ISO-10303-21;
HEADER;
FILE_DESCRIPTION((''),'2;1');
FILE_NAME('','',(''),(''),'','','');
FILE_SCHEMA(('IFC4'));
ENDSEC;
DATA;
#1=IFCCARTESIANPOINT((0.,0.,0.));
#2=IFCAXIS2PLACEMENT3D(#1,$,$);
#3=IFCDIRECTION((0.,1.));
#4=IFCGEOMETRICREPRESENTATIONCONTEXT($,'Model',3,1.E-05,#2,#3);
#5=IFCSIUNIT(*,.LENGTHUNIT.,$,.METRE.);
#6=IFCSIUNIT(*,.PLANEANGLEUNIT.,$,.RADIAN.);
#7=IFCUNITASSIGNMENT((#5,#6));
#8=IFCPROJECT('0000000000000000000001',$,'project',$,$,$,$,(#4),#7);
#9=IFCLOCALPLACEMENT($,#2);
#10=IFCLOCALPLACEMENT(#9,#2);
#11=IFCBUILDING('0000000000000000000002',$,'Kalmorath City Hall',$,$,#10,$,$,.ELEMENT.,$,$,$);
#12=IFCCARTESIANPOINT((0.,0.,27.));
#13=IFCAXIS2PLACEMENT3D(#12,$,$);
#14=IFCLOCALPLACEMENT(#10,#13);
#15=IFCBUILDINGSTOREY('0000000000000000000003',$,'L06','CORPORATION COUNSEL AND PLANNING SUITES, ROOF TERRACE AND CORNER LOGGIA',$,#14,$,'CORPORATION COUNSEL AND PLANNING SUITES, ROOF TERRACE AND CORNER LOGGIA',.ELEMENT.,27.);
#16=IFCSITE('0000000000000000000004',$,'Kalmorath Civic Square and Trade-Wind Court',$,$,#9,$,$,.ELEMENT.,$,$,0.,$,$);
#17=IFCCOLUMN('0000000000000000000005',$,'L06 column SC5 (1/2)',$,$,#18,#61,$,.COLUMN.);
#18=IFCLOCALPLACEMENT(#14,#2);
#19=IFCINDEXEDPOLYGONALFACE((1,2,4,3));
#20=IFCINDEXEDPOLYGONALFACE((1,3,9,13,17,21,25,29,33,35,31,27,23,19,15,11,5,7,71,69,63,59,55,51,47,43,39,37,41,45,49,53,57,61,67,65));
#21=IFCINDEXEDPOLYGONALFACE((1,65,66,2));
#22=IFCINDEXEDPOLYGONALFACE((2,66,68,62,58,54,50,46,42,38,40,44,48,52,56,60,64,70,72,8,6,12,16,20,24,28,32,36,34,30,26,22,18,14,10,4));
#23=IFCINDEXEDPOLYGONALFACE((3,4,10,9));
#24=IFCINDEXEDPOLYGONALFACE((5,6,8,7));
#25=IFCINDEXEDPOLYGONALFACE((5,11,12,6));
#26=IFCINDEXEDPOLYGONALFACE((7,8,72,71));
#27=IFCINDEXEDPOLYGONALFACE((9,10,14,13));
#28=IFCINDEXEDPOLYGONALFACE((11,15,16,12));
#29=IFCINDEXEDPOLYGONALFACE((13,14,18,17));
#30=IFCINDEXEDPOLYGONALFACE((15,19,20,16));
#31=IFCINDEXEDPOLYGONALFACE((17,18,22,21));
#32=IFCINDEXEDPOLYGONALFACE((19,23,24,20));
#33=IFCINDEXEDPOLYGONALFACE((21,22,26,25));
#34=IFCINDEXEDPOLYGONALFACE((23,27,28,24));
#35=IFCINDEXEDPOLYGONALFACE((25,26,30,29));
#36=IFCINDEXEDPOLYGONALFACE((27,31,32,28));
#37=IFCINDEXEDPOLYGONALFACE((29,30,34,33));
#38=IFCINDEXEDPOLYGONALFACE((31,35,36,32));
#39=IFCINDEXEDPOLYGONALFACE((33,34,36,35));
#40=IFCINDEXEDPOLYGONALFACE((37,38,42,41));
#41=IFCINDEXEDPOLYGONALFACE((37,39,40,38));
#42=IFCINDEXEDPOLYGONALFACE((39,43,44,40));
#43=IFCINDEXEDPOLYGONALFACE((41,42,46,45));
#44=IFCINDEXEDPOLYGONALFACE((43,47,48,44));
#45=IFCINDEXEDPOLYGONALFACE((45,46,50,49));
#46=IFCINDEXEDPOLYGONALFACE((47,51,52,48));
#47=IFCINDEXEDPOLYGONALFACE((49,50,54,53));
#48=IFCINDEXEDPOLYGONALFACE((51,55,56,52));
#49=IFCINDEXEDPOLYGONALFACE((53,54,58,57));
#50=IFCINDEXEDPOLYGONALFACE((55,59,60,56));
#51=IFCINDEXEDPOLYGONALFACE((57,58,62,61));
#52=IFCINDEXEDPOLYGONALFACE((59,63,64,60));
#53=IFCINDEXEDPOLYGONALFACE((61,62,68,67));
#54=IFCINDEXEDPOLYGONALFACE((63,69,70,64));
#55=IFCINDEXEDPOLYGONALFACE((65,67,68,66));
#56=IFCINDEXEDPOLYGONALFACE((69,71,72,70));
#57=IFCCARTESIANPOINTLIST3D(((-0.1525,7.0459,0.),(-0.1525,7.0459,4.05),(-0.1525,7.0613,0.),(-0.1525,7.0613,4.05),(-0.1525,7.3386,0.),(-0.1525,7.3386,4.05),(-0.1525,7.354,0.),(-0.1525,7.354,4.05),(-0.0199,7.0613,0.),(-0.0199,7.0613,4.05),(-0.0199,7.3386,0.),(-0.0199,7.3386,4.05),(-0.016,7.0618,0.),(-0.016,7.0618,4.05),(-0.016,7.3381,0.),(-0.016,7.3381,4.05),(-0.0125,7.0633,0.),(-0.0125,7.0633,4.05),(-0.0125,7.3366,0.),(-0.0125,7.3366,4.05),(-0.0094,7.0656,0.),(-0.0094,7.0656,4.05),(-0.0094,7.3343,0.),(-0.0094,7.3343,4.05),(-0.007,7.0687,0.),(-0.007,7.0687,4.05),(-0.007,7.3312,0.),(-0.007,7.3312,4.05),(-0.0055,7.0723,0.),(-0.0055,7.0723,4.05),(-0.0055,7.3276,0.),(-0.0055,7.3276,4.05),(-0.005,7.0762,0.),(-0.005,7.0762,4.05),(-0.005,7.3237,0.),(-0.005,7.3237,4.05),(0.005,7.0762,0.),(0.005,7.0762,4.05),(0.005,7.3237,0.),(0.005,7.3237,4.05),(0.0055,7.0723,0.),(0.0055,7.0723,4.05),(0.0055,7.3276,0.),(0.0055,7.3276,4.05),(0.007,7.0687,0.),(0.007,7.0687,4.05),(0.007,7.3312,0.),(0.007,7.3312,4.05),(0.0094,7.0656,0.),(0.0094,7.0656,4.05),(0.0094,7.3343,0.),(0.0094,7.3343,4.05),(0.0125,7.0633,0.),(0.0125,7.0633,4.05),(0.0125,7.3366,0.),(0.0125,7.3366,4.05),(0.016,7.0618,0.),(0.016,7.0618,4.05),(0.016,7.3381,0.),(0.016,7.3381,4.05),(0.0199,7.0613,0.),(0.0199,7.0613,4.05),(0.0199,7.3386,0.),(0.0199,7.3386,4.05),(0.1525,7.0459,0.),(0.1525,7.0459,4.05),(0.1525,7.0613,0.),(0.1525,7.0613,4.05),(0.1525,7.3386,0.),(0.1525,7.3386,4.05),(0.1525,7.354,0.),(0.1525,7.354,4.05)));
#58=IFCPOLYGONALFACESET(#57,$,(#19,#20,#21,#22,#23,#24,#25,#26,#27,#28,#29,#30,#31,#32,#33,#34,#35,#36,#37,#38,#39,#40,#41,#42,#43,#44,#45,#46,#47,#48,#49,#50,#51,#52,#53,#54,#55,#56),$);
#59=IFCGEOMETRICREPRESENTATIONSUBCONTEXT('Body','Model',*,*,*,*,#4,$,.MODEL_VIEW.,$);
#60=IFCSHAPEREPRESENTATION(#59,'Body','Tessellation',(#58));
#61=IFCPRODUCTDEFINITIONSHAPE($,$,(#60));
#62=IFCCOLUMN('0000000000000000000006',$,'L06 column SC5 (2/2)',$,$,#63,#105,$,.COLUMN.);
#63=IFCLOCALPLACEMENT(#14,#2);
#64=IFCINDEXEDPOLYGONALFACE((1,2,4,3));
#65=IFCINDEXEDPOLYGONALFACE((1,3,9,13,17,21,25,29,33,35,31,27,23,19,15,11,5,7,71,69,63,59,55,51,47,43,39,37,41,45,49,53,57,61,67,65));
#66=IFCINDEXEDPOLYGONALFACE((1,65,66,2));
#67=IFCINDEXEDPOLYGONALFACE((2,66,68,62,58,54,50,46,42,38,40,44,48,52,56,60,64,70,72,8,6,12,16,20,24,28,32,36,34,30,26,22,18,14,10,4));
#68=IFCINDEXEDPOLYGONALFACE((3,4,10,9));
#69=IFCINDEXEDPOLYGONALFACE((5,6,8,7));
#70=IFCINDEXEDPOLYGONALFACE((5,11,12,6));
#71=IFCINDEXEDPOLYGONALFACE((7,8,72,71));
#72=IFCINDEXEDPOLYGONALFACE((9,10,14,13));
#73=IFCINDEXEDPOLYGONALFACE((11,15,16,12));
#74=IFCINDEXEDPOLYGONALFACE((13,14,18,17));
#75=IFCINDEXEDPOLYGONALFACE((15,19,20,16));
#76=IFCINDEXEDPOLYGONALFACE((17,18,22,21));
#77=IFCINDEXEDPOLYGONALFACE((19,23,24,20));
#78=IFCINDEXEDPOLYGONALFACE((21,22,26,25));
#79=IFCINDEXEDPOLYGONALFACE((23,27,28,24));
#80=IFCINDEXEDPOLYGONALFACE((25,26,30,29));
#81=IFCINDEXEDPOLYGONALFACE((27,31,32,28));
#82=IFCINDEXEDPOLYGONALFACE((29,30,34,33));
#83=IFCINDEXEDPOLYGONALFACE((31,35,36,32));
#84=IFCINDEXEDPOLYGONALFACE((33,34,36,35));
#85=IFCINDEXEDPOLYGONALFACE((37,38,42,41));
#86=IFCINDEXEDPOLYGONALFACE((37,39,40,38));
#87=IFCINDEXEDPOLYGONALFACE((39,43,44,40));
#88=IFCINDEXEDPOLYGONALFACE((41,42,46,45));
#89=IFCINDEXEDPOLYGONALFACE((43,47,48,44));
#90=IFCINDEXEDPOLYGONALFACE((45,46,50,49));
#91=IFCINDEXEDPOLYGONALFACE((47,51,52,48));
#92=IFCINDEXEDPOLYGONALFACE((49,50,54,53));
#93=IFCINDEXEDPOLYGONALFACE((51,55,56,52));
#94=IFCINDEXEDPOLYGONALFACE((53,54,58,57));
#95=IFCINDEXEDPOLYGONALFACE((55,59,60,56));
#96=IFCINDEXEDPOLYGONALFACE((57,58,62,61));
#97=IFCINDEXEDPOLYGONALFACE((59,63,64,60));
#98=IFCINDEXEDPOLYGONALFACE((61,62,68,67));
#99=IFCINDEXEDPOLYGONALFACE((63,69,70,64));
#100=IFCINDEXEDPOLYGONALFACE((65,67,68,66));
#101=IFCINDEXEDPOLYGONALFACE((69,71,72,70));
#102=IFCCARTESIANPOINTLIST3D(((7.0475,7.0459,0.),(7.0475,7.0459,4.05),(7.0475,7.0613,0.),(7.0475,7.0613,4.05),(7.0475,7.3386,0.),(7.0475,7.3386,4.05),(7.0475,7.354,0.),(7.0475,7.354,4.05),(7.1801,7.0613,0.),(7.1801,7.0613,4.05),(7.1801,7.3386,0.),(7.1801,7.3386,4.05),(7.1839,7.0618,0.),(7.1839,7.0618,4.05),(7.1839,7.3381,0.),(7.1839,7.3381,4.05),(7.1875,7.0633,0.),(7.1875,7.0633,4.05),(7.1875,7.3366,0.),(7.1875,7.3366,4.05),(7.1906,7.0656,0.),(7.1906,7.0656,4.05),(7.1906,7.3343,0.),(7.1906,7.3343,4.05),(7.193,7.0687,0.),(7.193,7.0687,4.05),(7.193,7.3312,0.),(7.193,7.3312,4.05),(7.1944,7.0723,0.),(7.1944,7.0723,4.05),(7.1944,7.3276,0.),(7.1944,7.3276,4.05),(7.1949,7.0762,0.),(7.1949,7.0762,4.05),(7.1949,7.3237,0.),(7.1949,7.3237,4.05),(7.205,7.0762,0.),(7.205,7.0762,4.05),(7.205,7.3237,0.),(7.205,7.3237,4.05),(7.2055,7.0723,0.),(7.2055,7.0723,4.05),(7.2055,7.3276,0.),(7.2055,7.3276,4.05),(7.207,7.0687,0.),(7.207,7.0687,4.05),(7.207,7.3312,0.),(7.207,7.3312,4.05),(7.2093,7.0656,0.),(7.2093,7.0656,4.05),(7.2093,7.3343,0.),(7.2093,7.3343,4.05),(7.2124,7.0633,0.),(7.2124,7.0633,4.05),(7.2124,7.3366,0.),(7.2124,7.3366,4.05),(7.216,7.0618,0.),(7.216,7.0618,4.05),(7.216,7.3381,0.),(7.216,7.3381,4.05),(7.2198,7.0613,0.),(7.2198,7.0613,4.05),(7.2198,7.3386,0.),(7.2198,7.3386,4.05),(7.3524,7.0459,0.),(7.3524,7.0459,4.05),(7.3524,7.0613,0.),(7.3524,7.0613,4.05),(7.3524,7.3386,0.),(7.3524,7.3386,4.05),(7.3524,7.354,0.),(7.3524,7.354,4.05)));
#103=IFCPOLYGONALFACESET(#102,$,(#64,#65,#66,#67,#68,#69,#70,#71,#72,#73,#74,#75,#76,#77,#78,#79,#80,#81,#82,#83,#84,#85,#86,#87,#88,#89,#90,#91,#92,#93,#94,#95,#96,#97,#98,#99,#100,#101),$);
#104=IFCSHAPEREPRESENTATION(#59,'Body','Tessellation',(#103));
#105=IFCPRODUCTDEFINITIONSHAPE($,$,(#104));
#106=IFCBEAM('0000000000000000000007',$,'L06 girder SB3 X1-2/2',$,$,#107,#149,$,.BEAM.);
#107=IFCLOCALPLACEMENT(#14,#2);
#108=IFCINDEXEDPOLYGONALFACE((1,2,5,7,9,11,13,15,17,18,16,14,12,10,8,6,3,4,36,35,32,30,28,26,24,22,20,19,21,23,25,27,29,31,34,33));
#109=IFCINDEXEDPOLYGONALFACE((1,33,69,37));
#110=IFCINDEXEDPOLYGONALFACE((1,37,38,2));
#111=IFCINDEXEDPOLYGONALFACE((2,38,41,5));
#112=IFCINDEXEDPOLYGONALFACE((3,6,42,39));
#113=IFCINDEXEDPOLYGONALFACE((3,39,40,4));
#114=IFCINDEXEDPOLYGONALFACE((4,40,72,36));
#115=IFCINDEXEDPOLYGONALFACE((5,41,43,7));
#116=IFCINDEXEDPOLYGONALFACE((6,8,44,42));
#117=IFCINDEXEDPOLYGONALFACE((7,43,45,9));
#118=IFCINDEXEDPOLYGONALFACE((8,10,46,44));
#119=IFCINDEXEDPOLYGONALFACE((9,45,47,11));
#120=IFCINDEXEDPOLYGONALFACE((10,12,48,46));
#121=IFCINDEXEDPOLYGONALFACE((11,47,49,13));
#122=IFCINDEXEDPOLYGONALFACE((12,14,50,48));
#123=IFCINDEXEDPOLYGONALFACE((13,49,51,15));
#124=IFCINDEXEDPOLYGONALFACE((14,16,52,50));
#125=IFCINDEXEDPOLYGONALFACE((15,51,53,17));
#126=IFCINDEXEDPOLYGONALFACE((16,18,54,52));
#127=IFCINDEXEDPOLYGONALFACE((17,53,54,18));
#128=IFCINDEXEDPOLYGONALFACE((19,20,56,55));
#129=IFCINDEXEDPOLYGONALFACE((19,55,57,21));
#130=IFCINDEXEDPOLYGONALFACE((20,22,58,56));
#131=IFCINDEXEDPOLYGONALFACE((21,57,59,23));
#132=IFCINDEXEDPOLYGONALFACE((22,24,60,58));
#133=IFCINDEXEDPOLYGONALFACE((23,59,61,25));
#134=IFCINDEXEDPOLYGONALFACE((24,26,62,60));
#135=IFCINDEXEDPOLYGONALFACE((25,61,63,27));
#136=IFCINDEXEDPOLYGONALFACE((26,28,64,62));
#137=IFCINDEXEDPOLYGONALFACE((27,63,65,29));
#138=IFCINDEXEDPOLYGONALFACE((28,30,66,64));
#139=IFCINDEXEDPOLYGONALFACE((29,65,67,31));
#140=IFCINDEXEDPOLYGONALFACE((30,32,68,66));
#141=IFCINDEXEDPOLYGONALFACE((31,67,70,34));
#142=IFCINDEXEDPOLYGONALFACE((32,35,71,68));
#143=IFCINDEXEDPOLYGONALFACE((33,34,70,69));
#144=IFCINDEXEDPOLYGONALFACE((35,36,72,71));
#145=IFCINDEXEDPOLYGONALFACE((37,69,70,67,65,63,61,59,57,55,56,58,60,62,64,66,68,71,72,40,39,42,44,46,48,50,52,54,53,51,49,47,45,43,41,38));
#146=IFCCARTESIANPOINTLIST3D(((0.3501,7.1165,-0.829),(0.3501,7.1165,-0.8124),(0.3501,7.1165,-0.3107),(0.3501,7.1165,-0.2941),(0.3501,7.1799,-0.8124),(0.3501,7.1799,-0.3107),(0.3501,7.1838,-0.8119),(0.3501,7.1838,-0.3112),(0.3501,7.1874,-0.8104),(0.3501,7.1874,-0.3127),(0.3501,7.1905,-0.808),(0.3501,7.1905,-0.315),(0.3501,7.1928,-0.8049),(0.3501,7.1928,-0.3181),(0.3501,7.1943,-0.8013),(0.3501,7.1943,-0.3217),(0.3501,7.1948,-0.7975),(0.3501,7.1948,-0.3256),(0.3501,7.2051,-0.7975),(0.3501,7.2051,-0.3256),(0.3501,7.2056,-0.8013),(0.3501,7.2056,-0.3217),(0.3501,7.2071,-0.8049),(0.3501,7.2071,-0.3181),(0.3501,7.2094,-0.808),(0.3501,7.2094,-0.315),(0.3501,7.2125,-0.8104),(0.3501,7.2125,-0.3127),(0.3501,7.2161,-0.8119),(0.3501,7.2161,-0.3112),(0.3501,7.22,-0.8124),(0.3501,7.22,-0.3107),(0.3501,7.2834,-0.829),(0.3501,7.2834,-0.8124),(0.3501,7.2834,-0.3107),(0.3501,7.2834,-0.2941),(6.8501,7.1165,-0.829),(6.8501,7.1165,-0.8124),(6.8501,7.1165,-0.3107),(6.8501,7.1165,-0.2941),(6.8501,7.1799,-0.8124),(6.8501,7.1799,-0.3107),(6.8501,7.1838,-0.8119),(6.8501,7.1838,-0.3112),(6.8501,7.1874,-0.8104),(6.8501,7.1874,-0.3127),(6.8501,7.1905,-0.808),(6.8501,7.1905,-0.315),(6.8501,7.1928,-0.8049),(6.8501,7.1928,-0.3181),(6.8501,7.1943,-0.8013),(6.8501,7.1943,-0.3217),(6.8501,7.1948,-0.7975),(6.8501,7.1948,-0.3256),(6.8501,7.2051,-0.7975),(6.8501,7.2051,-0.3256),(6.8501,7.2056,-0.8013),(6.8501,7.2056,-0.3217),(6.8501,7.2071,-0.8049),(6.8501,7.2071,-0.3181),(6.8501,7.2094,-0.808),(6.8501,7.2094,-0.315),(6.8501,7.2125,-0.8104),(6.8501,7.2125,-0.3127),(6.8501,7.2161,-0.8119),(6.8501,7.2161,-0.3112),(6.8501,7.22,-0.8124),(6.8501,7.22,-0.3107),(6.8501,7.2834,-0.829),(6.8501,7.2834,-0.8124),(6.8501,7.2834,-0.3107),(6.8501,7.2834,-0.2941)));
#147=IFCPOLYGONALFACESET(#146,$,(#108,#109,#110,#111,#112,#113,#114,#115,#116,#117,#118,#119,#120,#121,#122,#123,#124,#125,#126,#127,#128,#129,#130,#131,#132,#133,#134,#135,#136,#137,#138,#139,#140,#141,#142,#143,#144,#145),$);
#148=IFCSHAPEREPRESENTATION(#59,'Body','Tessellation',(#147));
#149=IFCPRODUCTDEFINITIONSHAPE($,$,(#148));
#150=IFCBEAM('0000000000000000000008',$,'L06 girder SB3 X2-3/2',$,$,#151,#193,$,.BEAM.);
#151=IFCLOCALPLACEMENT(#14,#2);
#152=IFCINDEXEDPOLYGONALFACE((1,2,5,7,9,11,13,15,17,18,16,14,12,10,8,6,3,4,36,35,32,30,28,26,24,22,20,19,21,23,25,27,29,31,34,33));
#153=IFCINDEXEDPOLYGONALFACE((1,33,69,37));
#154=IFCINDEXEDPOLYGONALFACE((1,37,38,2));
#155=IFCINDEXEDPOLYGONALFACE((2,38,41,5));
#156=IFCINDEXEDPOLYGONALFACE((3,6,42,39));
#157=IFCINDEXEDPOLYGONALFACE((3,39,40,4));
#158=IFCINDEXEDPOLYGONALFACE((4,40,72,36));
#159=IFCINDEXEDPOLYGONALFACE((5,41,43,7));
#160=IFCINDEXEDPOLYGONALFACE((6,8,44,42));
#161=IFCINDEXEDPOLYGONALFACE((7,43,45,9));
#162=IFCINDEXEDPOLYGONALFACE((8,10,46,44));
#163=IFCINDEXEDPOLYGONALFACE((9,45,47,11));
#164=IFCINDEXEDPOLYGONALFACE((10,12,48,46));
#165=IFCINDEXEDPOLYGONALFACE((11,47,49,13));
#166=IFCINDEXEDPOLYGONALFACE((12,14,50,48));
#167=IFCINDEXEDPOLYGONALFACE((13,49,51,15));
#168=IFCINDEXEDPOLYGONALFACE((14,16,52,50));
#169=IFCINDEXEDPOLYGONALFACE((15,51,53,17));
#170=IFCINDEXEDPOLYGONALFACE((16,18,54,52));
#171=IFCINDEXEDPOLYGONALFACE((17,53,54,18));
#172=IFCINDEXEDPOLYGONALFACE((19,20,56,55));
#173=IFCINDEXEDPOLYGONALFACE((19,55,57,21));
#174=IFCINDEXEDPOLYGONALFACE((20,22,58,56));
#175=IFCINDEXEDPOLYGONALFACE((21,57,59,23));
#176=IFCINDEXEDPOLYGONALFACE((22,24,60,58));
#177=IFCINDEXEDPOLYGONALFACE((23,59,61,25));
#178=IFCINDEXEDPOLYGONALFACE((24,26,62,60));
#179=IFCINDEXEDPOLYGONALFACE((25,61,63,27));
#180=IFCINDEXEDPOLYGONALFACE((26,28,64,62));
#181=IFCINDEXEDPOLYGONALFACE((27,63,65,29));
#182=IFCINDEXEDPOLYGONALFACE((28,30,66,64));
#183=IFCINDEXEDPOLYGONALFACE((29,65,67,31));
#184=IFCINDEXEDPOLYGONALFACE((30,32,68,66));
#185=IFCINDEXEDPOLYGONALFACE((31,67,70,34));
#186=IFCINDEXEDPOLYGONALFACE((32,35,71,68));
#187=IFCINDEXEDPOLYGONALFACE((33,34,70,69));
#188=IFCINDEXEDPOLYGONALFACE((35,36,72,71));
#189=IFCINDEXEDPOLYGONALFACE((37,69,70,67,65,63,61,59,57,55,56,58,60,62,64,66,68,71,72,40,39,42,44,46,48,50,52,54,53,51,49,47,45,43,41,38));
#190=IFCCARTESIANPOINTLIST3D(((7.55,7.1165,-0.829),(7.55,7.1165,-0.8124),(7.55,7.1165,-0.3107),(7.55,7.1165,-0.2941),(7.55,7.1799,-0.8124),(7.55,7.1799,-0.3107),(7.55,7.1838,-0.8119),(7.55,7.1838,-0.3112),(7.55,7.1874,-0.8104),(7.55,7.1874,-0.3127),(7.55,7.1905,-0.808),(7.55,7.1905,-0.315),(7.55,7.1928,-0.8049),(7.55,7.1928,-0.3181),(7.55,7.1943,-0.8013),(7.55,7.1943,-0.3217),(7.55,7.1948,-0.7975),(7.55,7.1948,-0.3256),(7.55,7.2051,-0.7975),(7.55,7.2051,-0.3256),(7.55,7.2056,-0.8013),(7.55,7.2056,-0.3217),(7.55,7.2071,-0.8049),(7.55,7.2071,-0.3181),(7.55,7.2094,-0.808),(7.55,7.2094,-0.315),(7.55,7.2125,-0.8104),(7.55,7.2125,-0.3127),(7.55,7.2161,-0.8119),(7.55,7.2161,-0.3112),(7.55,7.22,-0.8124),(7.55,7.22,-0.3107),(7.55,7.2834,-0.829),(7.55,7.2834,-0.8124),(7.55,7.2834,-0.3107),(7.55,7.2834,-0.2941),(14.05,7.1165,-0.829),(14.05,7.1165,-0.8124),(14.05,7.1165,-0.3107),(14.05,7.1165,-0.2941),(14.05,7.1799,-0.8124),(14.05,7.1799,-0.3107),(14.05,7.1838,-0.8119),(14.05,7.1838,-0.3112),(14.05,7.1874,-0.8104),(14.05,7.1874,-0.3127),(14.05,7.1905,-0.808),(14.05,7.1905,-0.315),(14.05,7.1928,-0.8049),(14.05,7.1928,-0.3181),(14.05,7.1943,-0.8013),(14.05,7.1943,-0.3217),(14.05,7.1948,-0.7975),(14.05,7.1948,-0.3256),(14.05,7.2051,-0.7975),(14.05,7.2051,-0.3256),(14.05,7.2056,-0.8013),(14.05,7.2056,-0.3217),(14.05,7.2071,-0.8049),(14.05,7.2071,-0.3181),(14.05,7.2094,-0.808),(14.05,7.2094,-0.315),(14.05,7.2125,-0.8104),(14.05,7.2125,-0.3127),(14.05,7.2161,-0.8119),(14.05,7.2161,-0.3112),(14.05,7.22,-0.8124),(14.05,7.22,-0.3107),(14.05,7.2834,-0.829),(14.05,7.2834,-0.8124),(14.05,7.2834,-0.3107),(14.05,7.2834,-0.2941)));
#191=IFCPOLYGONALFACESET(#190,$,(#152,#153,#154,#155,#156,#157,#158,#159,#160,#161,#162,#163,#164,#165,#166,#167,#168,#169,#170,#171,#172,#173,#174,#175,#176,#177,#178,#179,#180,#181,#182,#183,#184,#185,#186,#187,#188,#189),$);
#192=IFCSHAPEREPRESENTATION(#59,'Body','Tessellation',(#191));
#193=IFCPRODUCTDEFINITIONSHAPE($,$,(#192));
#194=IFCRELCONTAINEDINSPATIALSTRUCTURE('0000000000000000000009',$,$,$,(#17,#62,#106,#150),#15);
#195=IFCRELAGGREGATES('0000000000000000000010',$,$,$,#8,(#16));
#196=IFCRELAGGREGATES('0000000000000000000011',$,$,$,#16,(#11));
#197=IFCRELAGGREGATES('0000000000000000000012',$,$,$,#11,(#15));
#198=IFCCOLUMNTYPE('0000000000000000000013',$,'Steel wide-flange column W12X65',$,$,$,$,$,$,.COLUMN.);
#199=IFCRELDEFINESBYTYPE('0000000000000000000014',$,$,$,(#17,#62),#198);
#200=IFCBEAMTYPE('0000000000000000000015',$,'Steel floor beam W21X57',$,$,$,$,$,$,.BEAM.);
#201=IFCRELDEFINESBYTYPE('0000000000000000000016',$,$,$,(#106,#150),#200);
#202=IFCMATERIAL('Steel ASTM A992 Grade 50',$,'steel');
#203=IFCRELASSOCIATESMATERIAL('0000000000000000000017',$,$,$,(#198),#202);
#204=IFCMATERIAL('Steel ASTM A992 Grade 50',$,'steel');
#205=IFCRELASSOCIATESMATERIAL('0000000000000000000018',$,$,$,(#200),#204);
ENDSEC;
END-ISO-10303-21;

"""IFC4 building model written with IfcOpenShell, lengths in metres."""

from ifc_helpers import new_model, si_unit, direction, frame, origin, origin_2d, place, context, subcontext, project, spatial, i_section, extrude, material, material_profile, profile_set, type_object, element, save


model = new_model("IFC4")

# Units and contexts
model_context = context("Model", 3, precision=1e-05, world=origin(), true_north=direction((0.0, 1.0)))
body_context = subcontext(model_context, "Body", "Model", "MODEL_VIEW")
ifc_project = project(units=[si_unit("LENGTHUNIT", "METRE"), si_unit("PLANEANGLEUNIT", "RADIAN")], contexts=[model_context])

# Site, building, storey
site_placement = place(None, origin())
site = spatial("IfcSite", under=ifc_project, at=site_placement, Name="Kalmorath Civic Square and Trade-Wind Court", CompositionType="ELEMENT", RefElevation=0.0)
building_placement = place(site_placement, origin())
building = spatial("IfcBuilding", under=site, at=building_placement, Name="Kalmorath City Hall", CompositionType="ELEMENT")
storey_placement = place(building_placement, frame((0.0, 0.0, 27.0)))
storey = spatial("IfcBuildingStorey", under=building, at=storey_placement, Name="L06", Description="CORPORATION COUNSEL AND PLANNING SUITES, ROOF TERRACE AND CORNER LOGGIA", LongName="CORPORATION COUNSEL AND PLANNING SUITES, ROOF TERRACE AND CORNER LOGGIA", CompositionType="ELEMENT", Elevation=27.0)

# Columns
ifc_material_1 = material(Name="Steel ASTM A992 Grade 50", Category="steel")
ifc_material_profile_1 = material_profile(ifc_material_1, i_section(OverallWidth=0.3049, OverallDepth=0.3081, WebThickness=0.01, FlangeThickness=0.0154, FilletRadius=0.0149, at=origin_2d()), Name="W12X65")
ifc_profile_set_1 = profile_set([ifc_material_profile_1], Name="Steel ASTM A992 Grade 50")
column_type = type_object("IfcColumnType", Name="Steel wide-flange column W12X65", PredefinedType="COLUMN", material=ifc_profile_set_1)
for number, where, z_axis, x_axis, name in (
    (1, (0.0, 7.2, 0.0), (0.0, 0.0, 1.0), (1.0, 0.0, 0.0), "L06 column SC5 (1/2)"),
    (2, (7.2, 7.2, 0.0), (0.0, 0.0, 1.0), (1.0, 0.0, 0.0), "L06 column SC5 (2/2)"),
):
    element("IfcColumn", number, at=place(storey_placement, frame(where, z_axis=z_axis, x_axis=x_axis)), inside=storey, type_object=column_type, Name=name, PredefinedType="COLUMN", context=body_context, shape_type="SweptSolid", body=[
        extrude(i_section(OverallWidth=0.3049, OverallDepth=0.3081, WebThickness=0.01, FlangeThickness=0.0154, FilletRadius=0.0149, at=origin_2d()), origin(), (0.0, 0.0, 1.0), 4.05),
    ])

# Beams
ifc_material_2 = material(Name="Steel ASTM A992 Grade 50", Category="steel")
ifc_material_profile_2 = material_profile(ifc_material_2, i_section(OverallWidth=0.167, OverallDepth=0.5349, WebThickness=0.0103, FlangeThickness=0.0166, FilletRadius=0.0149, at=origin_2d()), Name="W21X57")
ifc_profile_set_2 = profile_set([ifc_material_profile_2], Name="Steel ASTM A992 Grade 50")
beam_type_1 = type_object("IfcBeamType", Name="Steel floor beam W21X57", PredefinedType="BEAM", material=ifc_profile_set_2)
for number, where, z_axis, x_axis, name in (
    (3, (0.3501, 7.2, -0.5615), (1.0, 0.0, 0.0), (0.0, 1.0, 0.0), "L06 girder SB3 X1-2/2"),
    (4, (7.55, 7.2, -0.5615), (1.0, 0.0, 0.0), (0.0, 1.0, 0.0), "L06 girder SB3 X2-3/2"),
):
    element("IfcBeam", number, at=place(storey_placement, frame(where, z_axis=z_axis, x_axis=x_axis)), inside=storey, type_object=beam_type_1, Name=name, PredefinedType="BEAM", context=body_context, shape_type="SweptSolid", body=[
        extrude(i_section(OverallWidth=0.167, OverallDepth=0.5349, WebThickness=0.0103, FlangeThickness=0.0166, FilletRadius=0.0149, at=origin_2d()), origin(), (0.0, 0.0, 1.0), 6.5),
    ])

save(model, "model.ifc")
